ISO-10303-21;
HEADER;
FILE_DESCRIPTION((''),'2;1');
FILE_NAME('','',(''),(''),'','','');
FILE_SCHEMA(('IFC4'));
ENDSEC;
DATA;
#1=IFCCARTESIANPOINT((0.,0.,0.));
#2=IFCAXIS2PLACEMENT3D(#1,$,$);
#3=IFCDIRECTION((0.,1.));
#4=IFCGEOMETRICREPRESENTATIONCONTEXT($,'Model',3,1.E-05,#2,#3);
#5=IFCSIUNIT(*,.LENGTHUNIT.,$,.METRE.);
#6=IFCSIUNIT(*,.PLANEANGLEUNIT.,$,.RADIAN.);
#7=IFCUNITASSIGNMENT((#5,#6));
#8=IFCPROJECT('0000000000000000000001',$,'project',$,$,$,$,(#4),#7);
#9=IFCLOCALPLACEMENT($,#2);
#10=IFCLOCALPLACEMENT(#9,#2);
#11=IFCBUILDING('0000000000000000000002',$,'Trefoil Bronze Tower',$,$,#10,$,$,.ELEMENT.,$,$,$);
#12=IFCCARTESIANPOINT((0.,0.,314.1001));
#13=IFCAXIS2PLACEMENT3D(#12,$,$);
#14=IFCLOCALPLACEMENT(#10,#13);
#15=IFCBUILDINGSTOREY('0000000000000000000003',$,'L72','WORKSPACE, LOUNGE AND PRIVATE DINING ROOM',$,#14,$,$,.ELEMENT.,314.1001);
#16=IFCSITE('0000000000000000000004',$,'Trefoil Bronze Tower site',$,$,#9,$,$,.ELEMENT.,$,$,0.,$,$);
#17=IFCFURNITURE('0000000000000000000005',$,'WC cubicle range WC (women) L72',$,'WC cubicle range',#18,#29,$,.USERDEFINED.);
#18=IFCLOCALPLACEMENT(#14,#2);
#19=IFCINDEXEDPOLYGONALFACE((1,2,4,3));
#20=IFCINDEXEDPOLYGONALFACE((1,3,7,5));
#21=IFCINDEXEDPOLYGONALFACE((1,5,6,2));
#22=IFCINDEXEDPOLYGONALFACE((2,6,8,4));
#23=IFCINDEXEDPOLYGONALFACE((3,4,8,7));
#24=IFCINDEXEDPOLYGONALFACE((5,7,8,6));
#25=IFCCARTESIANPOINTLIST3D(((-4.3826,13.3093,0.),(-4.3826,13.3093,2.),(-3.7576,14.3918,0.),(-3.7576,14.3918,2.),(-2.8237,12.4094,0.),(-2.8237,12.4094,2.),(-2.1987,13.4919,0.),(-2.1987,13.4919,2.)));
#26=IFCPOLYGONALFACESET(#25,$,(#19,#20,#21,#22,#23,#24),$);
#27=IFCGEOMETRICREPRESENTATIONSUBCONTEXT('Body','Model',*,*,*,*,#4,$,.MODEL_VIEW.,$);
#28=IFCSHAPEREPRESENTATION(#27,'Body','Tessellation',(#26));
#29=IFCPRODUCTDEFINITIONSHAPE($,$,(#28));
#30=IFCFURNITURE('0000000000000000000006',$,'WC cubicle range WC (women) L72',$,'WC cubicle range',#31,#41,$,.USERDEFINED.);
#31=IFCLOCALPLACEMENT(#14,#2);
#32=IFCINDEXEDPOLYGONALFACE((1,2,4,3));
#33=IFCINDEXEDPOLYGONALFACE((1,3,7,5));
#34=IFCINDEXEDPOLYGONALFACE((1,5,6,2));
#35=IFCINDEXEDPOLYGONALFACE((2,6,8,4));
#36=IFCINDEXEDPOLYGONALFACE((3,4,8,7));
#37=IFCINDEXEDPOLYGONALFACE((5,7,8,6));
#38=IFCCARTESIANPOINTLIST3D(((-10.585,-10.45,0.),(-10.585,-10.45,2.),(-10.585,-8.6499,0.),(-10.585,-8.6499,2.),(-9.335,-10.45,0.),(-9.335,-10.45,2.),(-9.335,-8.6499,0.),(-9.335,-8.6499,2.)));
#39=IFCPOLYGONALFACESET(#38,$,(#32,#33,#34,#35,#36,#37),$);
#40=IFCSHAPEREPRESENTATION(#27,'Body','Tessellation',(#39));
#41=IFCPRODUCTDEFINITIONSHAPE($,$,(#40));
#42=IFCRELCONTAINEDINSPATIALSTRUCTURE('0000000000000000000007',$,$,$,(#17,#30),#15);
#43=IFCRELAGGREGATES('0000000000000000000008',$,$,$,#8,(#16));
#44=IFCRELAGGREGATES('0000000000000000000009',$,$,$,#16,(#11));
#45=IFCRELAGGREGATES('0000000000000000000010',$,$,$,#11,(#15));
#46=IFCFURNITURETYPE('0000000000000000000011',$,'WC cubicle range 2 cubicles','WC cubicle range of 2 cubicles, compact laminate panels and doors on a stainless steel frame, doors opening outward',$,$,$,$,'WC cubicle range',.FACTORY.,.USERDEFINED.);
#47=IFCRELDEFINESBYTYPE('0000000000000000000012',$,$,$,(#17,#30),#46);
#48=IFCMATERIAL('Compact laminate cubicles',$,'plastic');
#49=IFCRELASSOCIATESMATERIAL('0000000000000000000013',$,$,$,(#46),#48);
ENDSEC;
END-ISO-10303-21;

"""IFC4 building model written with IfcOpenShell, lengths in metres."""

from ifc_helpers import new_model, si_unit, direction, frame, origin, place, context, subcontext, project, spatial, polyline, outline, extrude, material, type_object, element, save


model = new_model("IFC4")

# Units and contexts
model_context = context("Model", 3, precision=1e-05, world=origin(), true_north=direction((0.0, 1.0)))
body_context = subcontext(model_context, "Body", "Model", "MODEL_VIEW")
ifc_project = project(units=[si_unit("LENGTHUNIT", "METRE"), si_unit("PLANEANGLEUNIT", "RADIAN")], contexts=[model_context])

# Site, building, storey
site_placement = place(None, origin())
site = spatial("IfcSite", under=ifc_project, at=site_placement, Name="Trefoil Bronze Tower site", CompositionType="ELEMENT", RefElevation=0.0)
building_placement = place(site_placement, origin())
building = spatial("IfcBuilding", under=site, at=building_placement, Name="Trefoil Bronze Tower", CompositionType="ELEMENT")
storey_placement = place(building_placement, frame((0.0, 0.0, 314.1001)))
storey = spatial("IfcBuildingStorey", under=building, at=storey_placement, Name="L72", Description="WORKSPACE, LOUNGE AND PRIVATE DINING ROOM", CompositionType="ELEMENT", Elevation=314.1001)

# Furniture
ifc_material_1 = material(Name="Compact laminate cubicles", Category="plastic")
furniture_type_1 = type_object("IfcFurnitureType", Name="WC cubicle range 2 cubicles", Description="WC cubicle range of 2 cubicles, compact laminate panels and doors on a stainless steel frame, doors opening outward", ElementType="WC cubicle range", AssemblyPlace="FACTORY", PredefinedType="USERDEFINED", material=ifc_material_1)
furniture_1_placement = place(storey_placement, origin())
element("IfcFurniture", 1, at=furniture_1_placement, inside=storey, type_object=furniture_type_1, Name="WC cubicle range WC (women) L72", ObjectType="WC cubicle range", PredefinedType="USERDEFINED", context=body_context, shape_type="SweptSolid", body=[
    extrude(outline(polyline([(-2.8237, 12.4094), (-2.1987, 13.4919), (-3.7576, 14.3918), (-4.3826, 13.3093), (-2.8237, 12.4094)])), origin(), (0.0, 0.0, 1.0), 2.0),
])
furniture_2_placement = place(storey_placement, origin())
element("IfcFurniture", 2, at=furniture_2_placement, inside=storey, type_object=furniture_type_1, Name="WC cubicle range WC (women) L72", ObjectType="WC cubicle range", PredefinedType="USERDEFINED", context=body_context, shape_type="SweptSolid", body=[
    extrude(outline(polyline([(-9.335, -8.6499), (-10.585, -8.6499), (-10.585, -10.45), (-9.335, -10.45), (-9.335, -8.6499)])), origin(), (0.0, 0.0, 1.0), 2.0),
])

save(model, "model.ifc")
